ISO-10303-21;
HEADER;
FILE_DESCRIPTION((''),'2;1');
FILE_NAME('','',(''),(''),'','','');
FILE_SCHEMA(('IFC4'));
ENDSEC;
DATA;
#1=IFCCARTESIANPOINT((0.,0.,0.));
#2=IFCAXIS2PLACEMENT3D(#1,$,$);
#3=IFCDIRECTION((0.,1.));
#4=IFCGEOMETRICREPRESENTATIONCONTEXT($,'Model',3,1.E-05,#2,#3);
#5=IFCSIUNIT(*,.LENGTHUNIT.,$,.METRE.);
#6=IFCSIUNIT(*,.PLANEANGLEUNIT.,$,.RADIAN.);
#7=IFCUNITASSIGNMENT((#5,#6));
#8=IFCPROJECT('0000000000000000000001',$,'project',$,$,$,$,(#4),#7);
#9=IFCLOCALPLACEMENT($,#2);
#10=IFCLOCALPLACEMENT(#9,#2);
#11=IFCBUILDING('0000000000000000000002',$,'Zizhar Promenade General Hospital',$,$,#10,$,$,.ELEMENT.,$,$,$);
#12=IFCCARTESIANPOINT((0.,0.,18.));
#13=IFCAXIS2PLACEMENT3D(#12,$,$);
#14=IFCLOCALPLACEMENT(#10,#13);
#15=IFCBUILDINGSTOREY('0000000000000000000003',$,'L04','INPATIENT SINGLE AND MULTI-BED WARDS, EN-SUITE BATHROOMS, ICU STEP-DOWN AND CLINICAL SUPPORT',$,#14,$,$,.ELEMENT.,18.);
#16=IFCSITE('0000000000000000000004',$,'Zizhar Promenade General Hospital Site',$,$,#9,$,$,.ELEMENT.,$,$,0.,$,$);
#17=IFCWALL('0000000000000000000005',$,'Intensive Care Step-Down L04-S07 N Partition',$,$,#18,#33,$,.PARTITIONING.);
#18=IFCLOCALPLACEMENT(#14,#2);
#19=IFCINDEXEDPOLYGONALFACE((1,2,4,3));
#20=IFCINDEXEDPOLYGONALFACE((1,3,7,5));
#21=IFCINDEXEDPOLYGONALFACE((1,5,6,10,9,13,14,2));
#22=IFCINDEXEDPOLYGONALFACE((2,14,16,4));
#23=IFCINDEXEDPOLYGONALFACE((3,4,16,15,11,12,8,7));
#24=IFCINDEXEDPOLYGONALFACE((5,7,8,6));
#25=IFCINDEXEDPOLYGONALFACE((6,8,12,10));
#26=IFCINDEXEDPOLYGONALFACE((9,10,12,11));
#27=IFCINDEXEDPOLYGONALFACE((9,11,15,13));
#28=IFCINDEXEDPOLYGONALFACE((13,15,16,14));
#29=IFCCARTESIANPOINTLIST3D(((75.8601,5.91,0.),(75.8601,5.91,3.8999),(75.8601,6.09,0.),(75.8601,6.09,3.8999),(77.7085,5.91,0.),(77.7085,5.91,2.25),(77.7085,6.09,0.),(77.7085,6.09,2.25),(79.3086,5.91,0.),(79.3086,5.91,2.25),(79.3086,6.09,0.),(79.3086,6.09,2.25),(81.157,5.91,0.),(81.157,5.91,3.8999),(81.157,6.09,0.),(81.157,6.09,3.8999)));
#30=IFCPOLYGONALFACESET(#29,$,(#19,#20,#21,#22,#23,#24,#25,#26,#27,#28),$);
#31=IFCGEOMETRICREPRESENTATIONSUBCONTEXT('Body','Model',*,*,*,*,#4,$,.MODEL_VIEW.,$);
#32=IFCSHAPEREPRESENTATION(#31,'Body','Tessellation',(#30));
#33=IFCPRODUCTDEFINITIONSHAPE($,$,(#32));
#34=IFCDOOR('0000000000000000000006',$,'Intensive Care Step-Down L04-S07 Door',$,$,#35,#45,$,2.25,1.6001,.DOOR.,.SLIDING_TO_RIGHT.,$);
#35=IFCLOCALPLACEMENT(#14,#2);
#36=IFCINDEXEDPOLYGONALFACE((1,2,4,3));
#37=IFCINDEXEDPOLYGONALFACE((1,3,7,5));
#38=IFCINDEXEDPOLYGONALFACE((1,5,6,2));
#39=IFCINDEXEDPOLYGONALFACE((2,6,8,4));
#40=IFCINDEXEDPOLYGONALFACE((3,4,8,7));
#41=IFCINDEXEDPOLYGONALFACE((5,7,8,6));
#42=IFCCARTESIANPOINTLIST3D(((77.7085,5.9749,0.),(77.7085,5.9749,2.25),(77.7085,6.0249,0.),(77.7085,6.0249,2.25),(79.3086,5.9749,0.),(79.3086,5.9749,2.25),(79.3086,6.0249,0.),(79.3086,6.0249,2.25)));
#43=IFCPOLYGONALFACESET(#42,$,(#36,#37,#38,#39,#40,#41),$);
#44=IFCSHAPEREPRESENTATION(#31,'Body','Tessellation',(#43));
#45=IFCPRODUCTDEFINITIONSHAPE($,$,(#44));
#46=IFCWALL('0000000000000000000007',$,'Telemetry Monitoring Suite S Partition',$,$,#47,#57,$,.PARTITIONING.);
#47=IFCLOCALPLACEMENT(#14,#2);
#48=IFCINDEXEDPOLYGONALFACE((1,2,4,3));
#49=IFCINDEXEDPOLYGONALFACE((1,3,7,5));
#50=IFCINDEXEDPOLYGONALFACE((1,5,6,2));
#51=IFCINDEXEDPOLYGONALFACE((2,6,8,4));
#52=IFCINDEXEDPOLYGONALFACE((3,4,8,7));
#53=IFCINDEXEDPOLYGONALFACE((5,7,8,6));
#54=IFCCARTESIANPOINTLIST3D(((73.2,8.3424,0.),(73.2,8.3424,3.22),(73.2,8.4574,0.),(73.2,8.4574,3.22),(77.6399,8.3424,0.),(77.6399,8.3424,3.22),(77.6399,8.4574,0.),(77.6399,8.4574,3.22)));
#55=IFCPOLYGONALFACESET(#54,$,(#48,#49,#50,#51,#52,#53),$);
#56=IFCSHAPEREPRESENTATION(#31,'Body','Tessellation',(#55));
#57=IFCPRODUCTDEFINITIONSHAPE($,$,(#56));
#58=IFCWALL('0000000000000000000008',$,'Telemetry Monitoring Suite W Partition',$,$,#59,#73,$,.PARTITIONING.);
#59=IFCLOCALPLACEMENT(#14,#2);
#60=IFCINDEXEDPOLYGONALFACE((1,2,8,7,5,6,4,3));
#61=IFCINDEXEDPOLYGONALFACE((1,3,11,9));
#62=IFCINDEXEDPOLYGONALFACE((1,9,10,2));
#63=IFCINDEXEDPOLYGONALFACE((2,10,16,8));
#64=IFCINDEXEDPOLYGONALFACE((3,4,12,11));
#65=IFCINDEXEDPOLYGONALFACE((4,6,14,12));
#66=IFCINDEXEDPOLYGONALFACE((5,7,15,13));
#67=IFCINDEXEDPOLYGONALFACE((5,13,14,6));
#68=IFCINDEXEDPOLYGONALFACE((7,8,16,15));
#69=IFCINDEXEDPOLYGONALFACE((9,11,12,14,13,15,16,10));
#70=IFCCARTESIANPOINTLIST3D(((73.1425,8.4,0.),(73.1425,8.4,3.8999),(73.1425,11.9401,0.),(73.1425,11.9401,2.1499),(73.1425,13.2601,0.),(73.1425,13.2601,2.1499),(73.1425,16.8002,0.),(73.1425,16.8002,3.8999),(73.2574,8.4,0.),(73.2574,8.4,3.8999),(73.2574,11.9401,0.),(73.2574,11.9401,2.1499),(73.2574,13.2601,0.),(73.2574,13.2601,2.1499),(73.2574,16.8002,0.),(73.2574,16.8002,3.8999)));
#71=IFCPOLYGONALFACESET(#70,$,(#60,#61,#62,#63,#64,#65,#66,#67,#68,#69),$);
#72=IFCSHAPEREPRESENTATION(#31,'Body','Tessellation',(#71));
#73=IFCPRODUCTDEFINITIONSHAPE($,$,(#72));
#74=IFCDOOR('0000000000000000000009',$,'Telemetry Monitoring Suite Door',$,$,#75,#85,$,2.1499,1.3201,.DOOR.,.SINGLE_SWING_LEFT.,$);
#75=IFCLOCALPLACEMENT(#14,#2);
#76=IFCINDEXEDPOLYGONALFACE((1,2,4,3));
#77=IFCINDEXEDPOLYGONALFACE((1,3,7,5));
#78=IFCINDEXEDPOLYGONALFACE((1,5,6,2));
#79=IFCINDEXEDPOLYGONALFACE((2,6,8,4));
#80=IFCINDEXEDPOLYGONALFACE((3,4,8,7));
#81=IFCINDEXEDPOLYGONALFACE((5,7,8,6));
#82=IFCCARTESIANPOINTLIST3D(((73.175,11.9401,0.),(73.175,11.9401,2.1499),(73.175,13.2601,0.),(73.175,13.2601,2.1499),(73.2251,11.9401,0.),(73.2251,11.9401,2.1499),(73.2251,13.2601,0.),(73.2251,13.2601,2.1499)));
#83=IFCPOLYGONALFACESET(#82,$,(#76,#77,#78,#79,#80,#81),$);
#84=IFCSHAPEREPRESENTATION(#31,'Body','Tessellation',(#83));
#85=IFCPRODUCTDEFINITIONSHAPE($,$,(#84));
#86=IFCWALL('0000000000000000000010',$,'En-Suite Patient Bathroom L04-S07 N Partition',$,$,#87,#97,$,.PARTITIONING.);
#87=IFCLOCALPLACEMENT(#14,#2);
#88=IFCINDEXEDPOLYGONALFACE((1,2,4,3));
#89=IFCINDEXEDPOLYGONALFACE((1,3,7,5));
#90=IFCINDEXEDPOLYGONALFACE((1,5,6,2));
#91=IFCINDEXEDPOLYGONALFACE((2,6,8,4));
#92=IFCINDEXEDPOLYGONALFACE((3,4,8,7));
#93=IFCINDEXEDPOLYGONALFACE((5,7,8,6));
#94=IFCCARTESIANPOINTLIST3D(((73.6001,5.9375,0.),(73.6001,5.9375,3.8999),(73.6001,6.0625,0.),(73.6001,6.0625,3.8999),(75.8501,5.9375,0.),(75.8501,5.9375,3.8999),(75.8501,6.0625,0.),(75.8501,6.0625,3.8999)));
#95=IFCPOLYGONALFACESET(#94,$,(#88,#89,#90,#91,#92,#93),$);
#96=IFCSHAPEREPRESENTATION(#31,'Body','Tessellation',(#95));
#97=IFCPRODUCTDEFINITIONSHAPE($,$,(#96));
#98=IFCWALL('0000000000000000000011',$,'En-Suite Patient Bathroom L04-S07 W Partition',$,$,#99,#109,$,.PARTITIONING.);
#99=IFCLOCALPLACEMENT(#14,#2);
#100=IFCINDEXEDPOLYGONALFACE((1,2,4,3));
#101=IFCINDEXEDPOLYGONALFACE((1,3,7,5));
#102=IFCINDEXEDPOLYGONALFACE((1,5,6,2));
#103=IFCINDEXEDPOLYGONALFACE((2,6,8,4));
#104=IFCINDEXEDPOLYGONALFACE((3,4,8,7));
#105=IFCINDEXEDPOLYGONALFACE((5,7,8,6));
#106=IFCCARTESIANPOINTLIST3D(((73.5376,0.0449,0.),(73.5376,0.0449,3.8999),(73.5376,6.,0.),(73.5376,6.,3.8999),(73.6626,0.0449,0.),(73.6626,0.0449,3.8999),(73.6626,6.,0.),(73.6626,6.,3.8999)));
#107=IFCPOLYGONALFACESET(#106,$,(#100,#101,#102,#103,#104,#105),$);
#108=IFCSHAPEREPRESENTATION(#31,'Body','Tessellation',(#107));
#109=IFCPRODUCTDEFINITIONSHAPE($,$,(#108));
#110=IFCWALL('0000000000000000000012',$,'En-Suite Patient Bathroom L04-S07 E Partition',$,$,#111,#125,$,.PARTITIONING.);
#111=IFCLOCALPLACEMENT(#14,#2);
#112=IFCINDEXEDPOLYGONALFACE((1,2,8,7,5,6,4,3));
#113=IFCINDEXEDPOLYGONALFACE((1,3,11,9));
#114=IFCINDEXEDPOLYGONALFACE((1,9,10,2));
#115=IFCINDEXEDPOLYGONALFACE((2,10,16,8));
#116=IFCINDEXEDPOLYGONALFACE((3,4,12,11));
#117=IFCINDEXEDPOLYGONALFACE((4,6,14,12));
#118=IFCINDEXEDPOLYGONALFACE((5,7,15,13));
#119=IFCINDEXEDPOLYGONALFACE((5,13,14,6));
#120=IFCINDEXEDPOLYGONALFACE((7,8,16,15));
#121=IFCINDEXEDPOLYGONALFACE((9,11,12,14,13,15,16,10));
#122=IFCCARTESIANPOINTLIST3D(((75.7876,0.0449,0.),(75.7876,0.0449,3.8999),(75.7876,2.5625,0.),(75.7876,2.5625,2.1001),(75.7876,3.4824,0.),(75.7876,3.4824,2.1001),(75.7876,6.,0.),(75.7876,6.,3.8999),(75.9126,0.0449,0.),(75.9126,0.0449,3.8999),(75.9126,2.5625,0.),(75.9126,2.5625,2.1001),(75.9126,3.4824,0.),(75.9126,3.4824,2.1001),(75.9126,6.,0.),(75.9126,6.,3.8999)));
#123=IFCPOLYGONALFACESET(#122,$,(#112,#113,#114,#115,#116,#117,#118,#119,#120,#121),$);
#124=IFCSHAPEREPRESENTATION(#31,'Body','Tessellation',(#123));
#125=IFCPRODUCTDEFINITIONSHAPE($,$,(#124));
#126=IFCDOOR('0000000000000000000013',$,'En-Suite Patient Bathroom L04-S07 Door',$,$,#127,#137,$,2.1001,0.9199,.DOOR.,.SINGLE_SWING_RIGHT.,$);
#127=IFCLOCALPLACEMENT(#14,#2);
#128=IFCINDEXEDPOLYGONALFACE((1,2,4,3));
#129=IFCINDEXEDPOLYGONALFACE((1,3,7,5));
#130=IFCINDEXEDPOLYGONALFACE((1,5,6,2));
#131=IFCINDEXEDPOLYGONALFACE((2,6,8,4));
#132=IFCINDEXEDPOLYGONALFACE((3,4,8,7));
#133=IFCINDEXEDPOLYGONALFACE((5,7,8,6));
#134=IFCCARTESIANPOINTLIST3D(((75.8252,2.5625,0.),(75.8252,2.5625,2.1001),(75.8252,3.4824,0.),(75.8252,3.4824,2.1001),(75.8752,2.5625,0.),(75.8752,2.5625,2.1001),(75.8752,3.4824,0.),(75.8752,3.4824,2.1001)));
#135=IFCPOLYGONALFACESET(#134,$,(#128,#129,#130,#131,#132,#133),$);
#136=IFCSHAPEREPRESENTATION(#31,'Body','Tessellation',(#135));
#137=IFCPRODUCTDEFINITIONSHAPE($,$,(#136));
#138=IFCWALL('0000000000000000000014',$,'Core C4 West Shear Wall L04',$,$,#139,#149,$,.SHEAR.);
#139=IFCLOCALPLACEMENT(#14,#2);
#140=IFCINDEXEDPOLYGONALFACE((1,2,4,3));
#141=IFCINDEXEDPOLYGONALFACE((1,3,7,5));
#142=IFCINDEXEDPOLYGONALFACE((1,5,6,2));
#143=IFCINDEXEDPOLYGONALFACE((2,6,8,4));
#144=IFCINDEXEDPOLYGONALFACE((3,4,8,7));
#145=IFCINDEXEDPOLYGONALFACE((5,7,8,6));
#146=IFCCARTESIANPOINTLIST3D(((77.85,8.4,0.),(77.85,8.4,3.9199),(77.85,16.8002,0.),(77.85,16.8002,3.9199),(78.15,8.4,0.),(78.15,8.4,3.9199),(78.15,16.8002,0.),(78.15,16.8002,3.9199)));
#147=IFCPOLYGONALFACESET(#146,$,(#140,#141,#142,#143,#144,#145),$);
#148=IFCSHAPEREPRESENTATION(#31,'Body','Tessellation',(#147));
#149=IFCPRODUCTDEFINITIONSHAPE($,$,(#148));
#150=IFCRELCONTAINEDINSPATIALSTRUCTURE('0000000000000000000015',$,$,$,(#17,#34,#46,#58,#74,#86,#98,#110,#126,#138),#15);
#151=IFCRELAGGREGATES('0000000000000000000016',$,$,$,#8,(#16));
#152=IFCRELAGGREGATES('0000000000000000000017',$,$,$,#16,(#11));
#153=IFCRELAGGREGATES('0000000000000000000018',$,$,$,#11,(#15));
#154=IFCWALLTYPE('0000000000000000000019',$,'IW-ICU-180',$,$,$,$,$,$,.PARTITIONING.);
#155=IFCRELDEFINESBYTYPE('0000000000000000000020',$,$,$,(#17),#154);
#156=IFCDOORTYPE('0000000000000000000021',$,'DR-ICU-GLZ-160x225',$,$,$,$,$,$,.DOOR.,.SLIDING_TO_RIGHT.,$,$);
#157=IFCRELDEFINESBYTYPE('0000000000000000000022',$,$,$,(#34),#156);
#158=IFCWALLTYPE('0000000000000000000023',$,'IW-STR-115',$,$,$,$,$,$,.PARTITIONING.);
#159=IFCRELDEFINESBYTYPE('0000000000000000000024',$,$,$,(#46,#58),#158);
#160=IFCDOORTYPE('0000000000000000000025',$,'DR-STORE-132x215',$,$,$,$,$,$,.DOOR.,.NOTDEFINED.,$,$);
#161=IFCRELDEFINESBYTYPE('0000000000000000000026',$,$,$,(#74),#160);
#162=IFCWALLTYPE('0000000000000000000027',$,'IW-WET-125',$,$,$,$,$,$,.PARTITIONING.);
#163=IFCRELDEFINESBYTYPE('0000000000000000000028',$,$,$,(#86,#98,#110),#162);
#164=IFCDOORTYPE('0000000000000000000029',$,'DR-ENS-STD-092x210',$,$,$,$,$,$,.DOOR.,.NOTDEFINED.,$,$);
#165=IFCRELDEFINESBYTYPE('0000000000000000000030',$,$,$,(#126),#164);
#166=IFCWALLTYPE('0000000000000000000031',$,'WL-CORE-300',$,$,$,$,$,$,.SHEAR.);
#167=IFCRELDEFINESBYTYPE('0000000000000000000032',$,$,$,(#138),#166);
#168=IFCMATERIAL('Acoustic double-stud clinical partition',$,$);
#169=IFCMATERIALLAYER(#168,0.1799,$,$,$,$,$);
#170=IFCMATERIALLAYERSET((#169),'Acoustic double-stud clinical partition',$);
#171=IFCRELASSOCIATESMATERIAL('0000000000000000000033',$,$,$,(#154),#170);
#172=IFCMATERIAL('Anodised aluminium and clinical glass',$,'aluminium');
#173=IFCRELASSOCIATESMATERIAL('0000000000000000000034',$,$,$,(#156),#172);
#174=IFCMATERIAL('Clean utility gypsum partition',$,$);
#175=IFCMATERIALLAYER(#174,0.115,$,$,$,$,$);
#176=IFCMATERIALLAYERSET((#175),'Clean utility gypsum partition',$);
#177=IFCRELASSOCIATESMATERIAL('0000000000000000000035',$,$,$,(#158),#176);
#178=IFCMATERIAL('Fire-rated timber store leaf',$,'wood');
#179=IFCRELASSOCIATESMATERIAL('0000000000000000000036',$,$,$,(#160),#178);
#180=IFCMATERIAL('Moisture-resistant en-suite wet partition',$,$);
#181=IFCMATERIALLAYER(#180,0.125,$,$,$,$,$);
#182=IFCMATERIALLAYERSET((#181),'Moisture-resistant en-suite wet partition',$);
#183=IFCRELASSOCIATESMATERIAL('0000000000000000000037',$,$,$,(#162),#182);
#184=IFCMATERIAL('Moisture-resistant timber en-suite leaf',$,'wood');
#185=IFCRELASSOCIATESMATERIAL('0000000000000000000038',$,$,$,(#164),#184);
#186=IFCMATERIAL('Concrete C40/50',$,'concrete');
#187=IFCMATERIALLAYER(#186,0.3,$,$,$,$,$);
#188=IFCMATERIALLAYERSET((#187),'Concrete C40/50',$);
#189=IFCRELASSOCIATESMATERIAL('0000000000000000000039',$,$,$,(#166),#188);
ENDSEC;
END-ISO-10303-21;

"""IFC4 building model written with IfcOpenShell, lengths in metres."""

from ifc_helpers import new_model, si_unit, direction, frame, frame_2d, origin, place, context, subcontext, project, spatial, rectangle, extrude, material, layer, layer_set, type_object, element, fill, save


model = new_model("IFC4")

# Units and contexts
model_context = context("Model", 3, precision=1e-05, world=origin(), true_north=direction((0.0, 1.0)))
body_context = subcontext(model_context, "Body", "Model", "MODEL_VIEW")
ifc_project = project(units=[si_unit("LENGTHUNIT", "METRE"), si_unit("PLANEANGLEUNIT", "RADIAN")], contexts=[model_context])

# Site, building, storey
site_placement = place(None, origin())
site = spatial("IfcSite", under=ifc_project, at=site_placement, Name="Zizhar Promenade General Hospital Site", CompositionType="ELEMENT", RefElevation=0.0)
building_placement = place(site_placement, origin())
building = spatial("IfcBuilding", under=site, at=building_placement, Name="Zizhar Promenade General Hospital", CompositionType="ELEMENT")
storey_placement = place(building_placement, frame((0.0, 0.0, 18.0)))
storey = spatial("IfcBuildingStorey", under=building, at=storey_placement, Name="L04", Description="INPATIENT SINGLE AND MULTI-BED WARDS, EN-SUITE BATHROOMS, ICU STEP-DOWN AND CLINICAL SUPPORT", CompositionType="ELEMENT", Elevation=18.0)

# Wall, opening, door
ifc_material_1 = material(Name="Acoustic double-stud clinical partition")
ifc_layer_1 = layer(ifc_material_1, 0.1799)
ifc_layer_set_1 = layer_set([ifc_layer_1], Name="Acoustic double-stud clinical partition")
wall_type_1 = type_object("IfcWallType", Name="IW-ICU-180", PredefinedType="PARTITIONING", material=ifc_layer_set_1)
wall_1_placement = place(storey_placement, frame((75.8601, 6.0, 0.0), z_axis=(0.0, 0.0, 1.0), x_axis=(1.0, 0.0, 0.0)))
wall_1 = element("IfcWall", 1, at=wall_1_placement, inside=storey, type_object=wall_type_1, Name="Intensive Care Step-Down L04-S07 N Partition", PredefinedType="PARTITIONING", context=body_context, shape_type="SweptSolid", body=[
    extrude(rectangle(XDim=5.2969, YDim=0.1799, at=frame_2d((2.6484, 0.0))), origin(), (0.0, 0.0, 1.0), 3.8999),
])
opening_1_placement = place(wall_1_placement, frame((1.8484, 0.0, 0.0)))
opening_1 = element("IfcOpeningElement", 2, at=opening_1_placement, cuts=wall_1, PredefinedType="OPENING", context=body_context, shape_type="SweptSolid", body=[
    extrude(rectangle(XDim=1.6001, YDim=2.25, at=frame_2d((0.8, 1.125))), frame((0.0, 0.1001, 0.0), z_axis=(0.0, -1.0, 0.0), x_axis=(1.0, 0.0, 0.0)), (0.0, 0.0, 1.0), 0.2),
])
ifc_material_2 = material(Name="Anodised aluminium and clinical glass", Category="aluminium")
door_type_1 = type_object("IfcDoorType", Name="DR-ICU-GLZ-160x225", OperationType="SLIDING_TO_RIGHT", PredefinedType="DOOR", material=ifc_material_2)
door_1_placement = place(opening_1_placement, origin())
door_1 = element("IfcDoor", 3, at=door_1_placement, inside=storey, type_object=door_type_1, Name="Intensive Care Step-Down L04-S07 Door", OperationType="SLIDING_TO_RIGHT", OverallHeight=2.25, OverallWidth=1.6001, PredefinedType="DOOR", context=body_context, shape_type="SweptSolid", body=[
    extrude(rectangle(XDim=1.6001, YDim=2.25, at=frame_2d((0.8, 1.125))), frame((0.0, 0.0249, 0.0), z_axis=(0.0, -1.0, 0.0), x_axis=(1.0, 0.0, 0.0)), (0.0, 0.0, 1.0), 0.05),
])
fill(opening_1, door_1)

# Wall
ifc_material_3 = material(Name="Clean utility gypsum partition")
ifc_layer_2 = layer(ifc_material_3, 0.115)
ifc_layer_set_2 = layer_set([ifc_layer_2], Name="Clean utility gypsum partition")
wall_type_2 = type_object("IfcWallType", Name="IW-STR-115", PredefinedType="PARTITIONING", material=ifc_layer_set_2)
wall_2_placement = place(storey_placement, frame((73.2, 8.3999, 0.0), z_axis=(0.0, 0.0, 1.0), x_axis=(1.0, 0.0, 0.0)))
element("IfcWall", 4, at=wall_2_placement, inside=storey, type_object=wall_type_2, Name="Telemetry Monitoring Suite S Partition", PredefinedType="PARTITIONING", context=body_context, shape_type="SweptSolid", body=[
    extrude(rectangle(XDim=4.4399, YDim=0.115, at=frame_2d((2.22, 0.0))), origin(), (0.0, 0.0, 1.0), 3.22),
])

# Wall, opening, door
wall_3_placement = place(storey_placement, frame((73.2, 8.3999, 0.0), z_axis=(0.0, 0.0, 1.0), x_axis=(0.0, 1.0, 0.0)))
wall_3 = element("IfcWall", 5, at=wall_3_placement, inside=storey, type_object=wall_type_2, Name="Telemetry Monitoring Suite W Partition", PredefinedType="PARTITIONING", context=body_context, shape_type="SweptSolid", body=[
    extrude(rectangle(XDim=8.4001, YDim=0.115, at=frame_2d((4.2002, 0.0))), origin(), (0.0, 0.0, 1.0), 3.8999),
])
opening_2_placement = place(wall_3_placement, frame((3.54, 0.0, 0.0)))
opening_2 = element("IfcOpeningElement", 6, at=opening_2_placement, cuts=wall_3, PredefinedType="OPENING", context=body_context, shape_type="SweptSolid", body=[
    extrude(rectangle(XDim=1.3201, YDim=2.1499, at=frame_2d((0.6602, 1.075))), frame((0.0, 0.0674, 0.0), z_axis=(0.0, -1.0, 0.0), x_axis=(1.0, 0.0, 0.0)), (0.0, 0.0, 1.0), 0.135),
])
ifc_material_4 = material(Name="Fire-rated timber store leaf", Category="wood")
door_type_2 = type_object("IfcDoorType", Name="DR-STORE-132x215", OperationType="NOTDEFINED", PredefinedType="DOOR", material=ifc_material_4)
door_2_placement = place(opening_2_placement, origin())
door_2 = element("IfcDoor", 7, at=door_2_placement, inside=storey, type_object=door_type_2, Name="Telemetry Monitoring Suite Door", OperationType="SINGLE_SWING_LEFT", OverallHeight=2.1499, OverallWidth=1.3201, PredefinedType="DOOR", context=body_context, shape_type="SweptSolid", body=[
    extrude(rectangle(XDim=1.3201, YDim=2.1499, at=frame_2d((0.6602, 1.075))), frame((0.0, 0.0249, 0.0), z_axis=(0.0, -1.0, 0.0), x_axis=(1.0, 0.0, 0.0)), (0.0, 0.0, 1.0), 0.05),
])
fill(opening_2, door_2)

# Walls
ifc_material_5 = material(Name="Moisture-resistant en-suite wet partition")
ifc_layer_3 = layer(ifc_material_5, 0.125)
ifc_layer_set_3 = layer_set([ifc_layer_3], Name="Moisture-resistant en-suite wet partition")
wall_type_3 = type_object("IfcWallType", Name="IW-WET-125", PredefinedType="PARTITIONING", material=ifc_layer_set_3)
wall_4_placement = place(storey_placement, frame((73.6001, 6.0, 0.0), z_axis=(0.0, 0.0, 1.0), x_axis=(1.0, 0.0, 0.0)))
element("IfcWall", 8, at=wall_4_placement, inside=storey, type_object=wall_type_3, Name="En-Suite Patient Bathroom L04-S07 N Partition", PredefinedType="PARTITIONING", context=body_context, shape_type="SweptSolid", body=[
    extrude(rectangle(XDim=2.25, YDim=0.125, at=frame_2d((1.125, 0.0))), origin(), (0.0, 0.0, 1.0), 3.8999),
])
wall_5_placement = place(storey_placement, frame((73.6001, 0.0449, 0.0), z_axis=(0.0, 0.0, 1.0), x_axis=(0.0, 1.0, 0.0)))
element("IfcWall", 9, at=wall_5_placement, inside=storey, type_object=wall_type_3, Name="En-Suite Patient Bathroom L04-S07 W Partition", PredefinedType="PARTITIONING", context=body_context, shape_type="SweptSolid", body=[
    extrude(rectangle(XDim=5.9551, YDim=0.125, at=frame_2d((2.9775, 0.0))), origin(), (0.0, 0.0, 1.0), 3.8999),
])

# Wall, opening, door
wall_6_placement = place(storey_placement, frame((75.8501, 0.0449, 0.0), z_axis=(0.0, 0.0, 1.0), x_axis=(0.0, 1.0, 0.0)))
wall_6 = element("IfcWall", 10, at=wall_6_placement, inside=storey, type_object=wall_type_3, Name="En-Suite Patient Bathroom L04-S07 E Partition", PredefinedType="PARTITIONING", context=body_context, shape_type="SweptSolid", body=[
    extrude(rectangle(XDim=5.9551, YDim=0.125, at=frame_2d((2.9775, 0.0))), origin(), (0.0, 0.0, 1.0), 3.8999),
])
opening_3_placement = place(wall_6_placement, frame((2.5176, 0.0, 0.0)))
opening_3 = element("IfcOpeningElement", 11, at=opening_3_placement, cuts=wall_6, PredefinedType="OPENING", context=body_context, shape_type="SweptSolid", body=[
    extrude(rectangle(XDim=0.9199, YDim=2.1001, at=frame_2d((0.46, 1.05))), frame((0.0, 0.0725, 0.0), z_axis=(0.0, -1.0, 0.0), x_axis=(1.0, 0.0, 0.0)), (0.0, 0.0, 1.0), 0.145),
])
ifc_material_6 = material(Name="Moisture-resistant timber en-suite leaf", Category="wood")
door_type_3 = type_object("IfcDoorType", Name="DR-ENS-STD-092x210", OperationType="NOTDEFINED", PredefinedType="DOOR", material=ifc_material_6)
door_3_placement = place(opening_3_placement, origin())
door_3 = element("IfcDoor", 12, at=door_3_placement, inside=storey, type_object=door_type_3, Name="En-Suite Patient Bathroom L04-S07 Door", OperationType="SINGLE_SWING_RIGHT", OverallHeight=2.1001, OverallWidth=0.9199, PredefinedType="DOOR", context=body_context, shape_type="SweptSolid", body=[
    extrude(rectangle(XDim=0.9199, YDim=2.1001, at=frame_2d((0.46, 1.05))), frame((0.0, 0.0249, 0.0), z_axis=(0.0, -1.0, 0.0), x_axis=(1.0, 0.0, 0.0)), (0.0, 0.0, 1.0), 0.05),
])
fill(opening_3, door_3)

# Wall
ifc_material_7 = material(Name="Concrete C40/50", Category="concrete")
ifc_layer_4 = layer(ifc_material_7, 0.3)
ifc_layer_set_4 = layer_set([ifc_layer_4], Name="Concrete C40/50")
wall_type_4 = type_object("IfcWallType", Name="WL-CORE-300", PredefinedType="SHEAR", material=ifc_layer_set_4)
wall_7_placement = place(storey_placement, frame((78.0, 8.3999, 0.0), z_axis=(0.0, 0.0, 1.0), x_axis=(0.0, 1.0, 0.0)))
element("IfcWall", 13, at=wall_7_placement, inside=storey, type_object=wall_type_4, Name="Core C4 West Shear Wall L04", PredefinedType="SHEAR", context=body_context, shape_type="SweptSolid", body=[
    extrude(rectangle(XDim=8.4001, YDim=0.3, at=frame_2d((4.2002, 0.0))), origin(), (0.0, 0.0, 1.0), 3.9199),
])

save(model, "model.ifc")
